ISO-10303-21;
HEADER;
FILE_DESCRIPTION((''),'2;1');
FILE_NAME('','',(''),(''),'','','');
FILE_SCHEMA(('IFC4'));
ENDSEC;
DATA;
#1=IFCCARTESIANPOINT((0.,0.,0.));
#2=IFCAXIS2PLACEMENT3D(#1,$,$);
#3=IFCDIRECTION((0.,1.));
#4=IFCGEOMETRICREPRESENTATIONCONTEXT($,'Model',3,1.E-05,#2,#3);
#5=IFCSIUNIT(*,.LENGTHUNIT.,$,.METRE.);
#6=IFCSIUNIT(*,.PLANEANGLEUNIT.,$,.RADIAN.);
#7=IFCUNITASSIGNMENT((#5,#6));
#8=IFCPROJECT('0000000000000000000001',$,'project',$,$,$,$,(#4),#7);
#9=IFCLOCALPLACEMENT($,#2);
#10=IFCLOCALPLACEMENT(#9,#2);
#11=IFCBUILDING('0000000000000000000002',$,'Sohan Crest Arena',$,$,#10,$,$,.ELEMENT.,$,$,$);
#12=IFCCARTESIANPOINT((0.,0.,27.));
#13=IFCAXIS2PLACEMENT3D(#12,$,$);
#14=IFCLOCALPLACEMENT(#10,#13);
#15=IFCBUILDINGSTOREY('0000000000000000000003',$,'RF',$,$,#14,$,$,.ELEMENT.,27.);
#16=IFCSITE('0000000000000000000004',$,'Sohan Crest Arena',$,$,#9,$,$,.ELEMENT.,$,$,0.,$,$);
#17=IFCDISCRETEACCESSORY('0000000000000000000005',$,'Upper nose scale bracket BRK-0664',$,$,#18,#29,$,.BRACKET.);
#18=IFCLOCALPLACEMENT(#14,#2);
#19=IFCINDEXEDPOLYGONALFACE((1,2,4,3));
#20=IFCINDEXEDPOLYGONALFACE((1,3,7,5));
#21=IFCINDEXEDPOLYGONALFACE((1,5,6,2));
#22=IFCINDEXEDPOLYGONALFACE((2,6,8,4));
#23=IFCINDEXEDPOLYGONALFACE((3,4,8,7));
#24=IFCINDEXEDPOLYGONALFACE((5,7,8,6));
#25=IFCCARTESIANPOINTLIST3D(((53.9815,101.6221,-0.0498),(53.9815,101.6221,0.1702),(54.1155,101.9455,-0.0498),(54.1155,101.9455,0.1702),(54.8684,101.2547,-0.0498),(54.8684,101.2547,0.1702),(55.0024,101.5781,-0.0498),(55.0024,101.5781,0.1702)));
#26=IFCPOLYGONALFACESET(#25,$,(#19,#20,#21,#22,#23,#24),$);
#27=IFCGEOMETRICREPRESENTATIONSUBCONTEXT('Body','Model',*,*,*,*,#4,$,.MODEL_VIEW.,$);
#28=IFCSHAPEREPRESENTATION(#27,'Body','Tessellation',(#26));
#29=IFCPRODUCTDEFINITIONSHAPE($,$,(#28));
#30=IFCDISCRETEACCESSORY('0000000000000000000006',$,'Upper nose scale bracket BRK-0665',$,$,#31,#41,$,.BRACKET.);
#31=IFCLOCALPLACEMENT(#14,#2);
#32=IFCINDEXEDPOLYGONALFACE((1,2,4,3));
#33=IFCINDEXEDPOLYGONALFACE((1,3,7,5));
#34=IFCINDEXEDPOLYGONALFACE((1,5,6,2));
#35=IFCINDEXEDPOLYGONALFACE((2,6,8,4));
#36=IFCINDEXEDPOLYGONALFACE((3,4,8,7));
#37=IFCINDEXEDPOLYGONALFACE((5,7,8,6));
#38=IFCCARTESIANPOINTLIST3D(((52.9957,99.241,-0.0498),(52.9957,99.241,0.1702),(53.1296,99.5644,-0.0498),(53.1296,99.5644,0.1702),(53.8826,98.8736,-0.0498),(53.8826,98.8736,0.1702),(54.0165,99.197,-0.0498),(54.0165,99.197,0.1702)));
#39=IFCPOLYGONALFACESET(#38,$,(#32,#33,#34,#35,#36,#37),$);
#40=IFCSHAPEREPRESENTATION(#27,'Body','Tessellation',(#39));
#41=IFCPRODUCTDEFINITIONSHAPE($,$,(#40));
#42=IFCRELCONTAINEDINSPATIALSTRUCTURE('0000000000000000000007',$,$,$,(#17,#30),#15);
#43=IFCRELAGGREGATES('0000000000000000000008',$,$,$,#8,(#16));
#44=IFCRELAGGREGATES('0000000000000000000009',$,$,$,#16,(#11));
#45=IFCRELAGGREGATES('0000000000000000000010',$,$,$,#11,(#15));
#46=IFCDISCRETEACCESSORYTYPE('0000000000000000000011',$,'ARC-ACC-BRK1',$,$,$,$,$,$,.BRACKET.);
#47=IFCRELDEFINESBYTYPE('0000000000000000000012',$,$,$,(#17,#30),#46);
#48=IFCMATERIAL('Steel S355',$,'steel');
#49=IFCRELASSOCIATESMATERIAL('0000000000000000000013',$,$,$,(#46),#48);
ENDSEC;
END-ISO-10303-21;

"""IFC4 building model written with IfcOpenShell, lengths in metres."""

from ifc_helpers import new_model, si_unit, direction, frame, origin, origin_2d, place, context, subcontext, project, spatial, rectangle, extrude, material, type_object, element, save


model = new_model("IFC4")

# Units and contexts
model_context = context("Model", 3, precision=1e-05, world=origin(), true_north=direction((0.0, 1.0)))
body_context = subcontext(model_context, "Body", "Model", "MODEL_VIEW")
ifc_project = project(units=[si_unit("LENGTHUNIT", "METRE"), si_unit("PLANEANGLEUNIT", "RADIAN")], contexts=[model_context])

# Site, building, storey
site_placement = place(None, origin())
site = spatial("IfcSite", under=ifc_project, at=site_placement, Name="Sohan Crest Arena", CompositionType="ELEMENT", RefElevation=0.0)
building_placement = place(site_placement, origin())
building = spatial("IfcBuilding", under=site, at=building_placement, Name="Sohan Crest Arena", CompositionType="ELEMENT")
storey_placement = place(building_placement, frame((0.0, 0.0, 27.0)))
storey = spatial("IfcBuildingStorey", under=building, at=storey_placement, Name="RF", CompositionType="ELEMENT", Elevation=27.0)

# Shared definitions
ifc_material_1 = material(Name="Steel S355", Category="steel")

# Discrete accessories
discrete_accessory_type = type_object("IfcDiscreteAccessoryType", Name="ARC-ACC-BRK1", PredefinedType="BRACKET", material=ifc_material_1)
for number, where, z_axis, x_axis, name in (
    (1, (54.4919, 101.6001, -0.0498), (0.0, 0.0, 1.0), (-0.382683, -0.92388, 0.0), "Upper nose scale bracket BRK-0664"),
    (2, (53.5061, 99.219, -0.0498), (0.0, 0.0, 1.0), (-0.382683, -0.92388, 0.0), "Upper nose scale bracket BRK-0665"),
):
    element("IfcDiscreteAccessory", number, at=place(storey_placement, frame(where, z_axis=z_axis, x_axis=x_axis)), inside=storey, type_object=discrete_accessory_type, Name=name, PredefinedType="BRACKET", context=body_context, shape_type="SweptSolid", body=[
        extrude(rectangle(XDim=0.3501, YDim=0.96, at=origin_2d()), origin(), (0.0, 0.0, 1.0), 0.22),
    ])

save(model, "model.ifc")
